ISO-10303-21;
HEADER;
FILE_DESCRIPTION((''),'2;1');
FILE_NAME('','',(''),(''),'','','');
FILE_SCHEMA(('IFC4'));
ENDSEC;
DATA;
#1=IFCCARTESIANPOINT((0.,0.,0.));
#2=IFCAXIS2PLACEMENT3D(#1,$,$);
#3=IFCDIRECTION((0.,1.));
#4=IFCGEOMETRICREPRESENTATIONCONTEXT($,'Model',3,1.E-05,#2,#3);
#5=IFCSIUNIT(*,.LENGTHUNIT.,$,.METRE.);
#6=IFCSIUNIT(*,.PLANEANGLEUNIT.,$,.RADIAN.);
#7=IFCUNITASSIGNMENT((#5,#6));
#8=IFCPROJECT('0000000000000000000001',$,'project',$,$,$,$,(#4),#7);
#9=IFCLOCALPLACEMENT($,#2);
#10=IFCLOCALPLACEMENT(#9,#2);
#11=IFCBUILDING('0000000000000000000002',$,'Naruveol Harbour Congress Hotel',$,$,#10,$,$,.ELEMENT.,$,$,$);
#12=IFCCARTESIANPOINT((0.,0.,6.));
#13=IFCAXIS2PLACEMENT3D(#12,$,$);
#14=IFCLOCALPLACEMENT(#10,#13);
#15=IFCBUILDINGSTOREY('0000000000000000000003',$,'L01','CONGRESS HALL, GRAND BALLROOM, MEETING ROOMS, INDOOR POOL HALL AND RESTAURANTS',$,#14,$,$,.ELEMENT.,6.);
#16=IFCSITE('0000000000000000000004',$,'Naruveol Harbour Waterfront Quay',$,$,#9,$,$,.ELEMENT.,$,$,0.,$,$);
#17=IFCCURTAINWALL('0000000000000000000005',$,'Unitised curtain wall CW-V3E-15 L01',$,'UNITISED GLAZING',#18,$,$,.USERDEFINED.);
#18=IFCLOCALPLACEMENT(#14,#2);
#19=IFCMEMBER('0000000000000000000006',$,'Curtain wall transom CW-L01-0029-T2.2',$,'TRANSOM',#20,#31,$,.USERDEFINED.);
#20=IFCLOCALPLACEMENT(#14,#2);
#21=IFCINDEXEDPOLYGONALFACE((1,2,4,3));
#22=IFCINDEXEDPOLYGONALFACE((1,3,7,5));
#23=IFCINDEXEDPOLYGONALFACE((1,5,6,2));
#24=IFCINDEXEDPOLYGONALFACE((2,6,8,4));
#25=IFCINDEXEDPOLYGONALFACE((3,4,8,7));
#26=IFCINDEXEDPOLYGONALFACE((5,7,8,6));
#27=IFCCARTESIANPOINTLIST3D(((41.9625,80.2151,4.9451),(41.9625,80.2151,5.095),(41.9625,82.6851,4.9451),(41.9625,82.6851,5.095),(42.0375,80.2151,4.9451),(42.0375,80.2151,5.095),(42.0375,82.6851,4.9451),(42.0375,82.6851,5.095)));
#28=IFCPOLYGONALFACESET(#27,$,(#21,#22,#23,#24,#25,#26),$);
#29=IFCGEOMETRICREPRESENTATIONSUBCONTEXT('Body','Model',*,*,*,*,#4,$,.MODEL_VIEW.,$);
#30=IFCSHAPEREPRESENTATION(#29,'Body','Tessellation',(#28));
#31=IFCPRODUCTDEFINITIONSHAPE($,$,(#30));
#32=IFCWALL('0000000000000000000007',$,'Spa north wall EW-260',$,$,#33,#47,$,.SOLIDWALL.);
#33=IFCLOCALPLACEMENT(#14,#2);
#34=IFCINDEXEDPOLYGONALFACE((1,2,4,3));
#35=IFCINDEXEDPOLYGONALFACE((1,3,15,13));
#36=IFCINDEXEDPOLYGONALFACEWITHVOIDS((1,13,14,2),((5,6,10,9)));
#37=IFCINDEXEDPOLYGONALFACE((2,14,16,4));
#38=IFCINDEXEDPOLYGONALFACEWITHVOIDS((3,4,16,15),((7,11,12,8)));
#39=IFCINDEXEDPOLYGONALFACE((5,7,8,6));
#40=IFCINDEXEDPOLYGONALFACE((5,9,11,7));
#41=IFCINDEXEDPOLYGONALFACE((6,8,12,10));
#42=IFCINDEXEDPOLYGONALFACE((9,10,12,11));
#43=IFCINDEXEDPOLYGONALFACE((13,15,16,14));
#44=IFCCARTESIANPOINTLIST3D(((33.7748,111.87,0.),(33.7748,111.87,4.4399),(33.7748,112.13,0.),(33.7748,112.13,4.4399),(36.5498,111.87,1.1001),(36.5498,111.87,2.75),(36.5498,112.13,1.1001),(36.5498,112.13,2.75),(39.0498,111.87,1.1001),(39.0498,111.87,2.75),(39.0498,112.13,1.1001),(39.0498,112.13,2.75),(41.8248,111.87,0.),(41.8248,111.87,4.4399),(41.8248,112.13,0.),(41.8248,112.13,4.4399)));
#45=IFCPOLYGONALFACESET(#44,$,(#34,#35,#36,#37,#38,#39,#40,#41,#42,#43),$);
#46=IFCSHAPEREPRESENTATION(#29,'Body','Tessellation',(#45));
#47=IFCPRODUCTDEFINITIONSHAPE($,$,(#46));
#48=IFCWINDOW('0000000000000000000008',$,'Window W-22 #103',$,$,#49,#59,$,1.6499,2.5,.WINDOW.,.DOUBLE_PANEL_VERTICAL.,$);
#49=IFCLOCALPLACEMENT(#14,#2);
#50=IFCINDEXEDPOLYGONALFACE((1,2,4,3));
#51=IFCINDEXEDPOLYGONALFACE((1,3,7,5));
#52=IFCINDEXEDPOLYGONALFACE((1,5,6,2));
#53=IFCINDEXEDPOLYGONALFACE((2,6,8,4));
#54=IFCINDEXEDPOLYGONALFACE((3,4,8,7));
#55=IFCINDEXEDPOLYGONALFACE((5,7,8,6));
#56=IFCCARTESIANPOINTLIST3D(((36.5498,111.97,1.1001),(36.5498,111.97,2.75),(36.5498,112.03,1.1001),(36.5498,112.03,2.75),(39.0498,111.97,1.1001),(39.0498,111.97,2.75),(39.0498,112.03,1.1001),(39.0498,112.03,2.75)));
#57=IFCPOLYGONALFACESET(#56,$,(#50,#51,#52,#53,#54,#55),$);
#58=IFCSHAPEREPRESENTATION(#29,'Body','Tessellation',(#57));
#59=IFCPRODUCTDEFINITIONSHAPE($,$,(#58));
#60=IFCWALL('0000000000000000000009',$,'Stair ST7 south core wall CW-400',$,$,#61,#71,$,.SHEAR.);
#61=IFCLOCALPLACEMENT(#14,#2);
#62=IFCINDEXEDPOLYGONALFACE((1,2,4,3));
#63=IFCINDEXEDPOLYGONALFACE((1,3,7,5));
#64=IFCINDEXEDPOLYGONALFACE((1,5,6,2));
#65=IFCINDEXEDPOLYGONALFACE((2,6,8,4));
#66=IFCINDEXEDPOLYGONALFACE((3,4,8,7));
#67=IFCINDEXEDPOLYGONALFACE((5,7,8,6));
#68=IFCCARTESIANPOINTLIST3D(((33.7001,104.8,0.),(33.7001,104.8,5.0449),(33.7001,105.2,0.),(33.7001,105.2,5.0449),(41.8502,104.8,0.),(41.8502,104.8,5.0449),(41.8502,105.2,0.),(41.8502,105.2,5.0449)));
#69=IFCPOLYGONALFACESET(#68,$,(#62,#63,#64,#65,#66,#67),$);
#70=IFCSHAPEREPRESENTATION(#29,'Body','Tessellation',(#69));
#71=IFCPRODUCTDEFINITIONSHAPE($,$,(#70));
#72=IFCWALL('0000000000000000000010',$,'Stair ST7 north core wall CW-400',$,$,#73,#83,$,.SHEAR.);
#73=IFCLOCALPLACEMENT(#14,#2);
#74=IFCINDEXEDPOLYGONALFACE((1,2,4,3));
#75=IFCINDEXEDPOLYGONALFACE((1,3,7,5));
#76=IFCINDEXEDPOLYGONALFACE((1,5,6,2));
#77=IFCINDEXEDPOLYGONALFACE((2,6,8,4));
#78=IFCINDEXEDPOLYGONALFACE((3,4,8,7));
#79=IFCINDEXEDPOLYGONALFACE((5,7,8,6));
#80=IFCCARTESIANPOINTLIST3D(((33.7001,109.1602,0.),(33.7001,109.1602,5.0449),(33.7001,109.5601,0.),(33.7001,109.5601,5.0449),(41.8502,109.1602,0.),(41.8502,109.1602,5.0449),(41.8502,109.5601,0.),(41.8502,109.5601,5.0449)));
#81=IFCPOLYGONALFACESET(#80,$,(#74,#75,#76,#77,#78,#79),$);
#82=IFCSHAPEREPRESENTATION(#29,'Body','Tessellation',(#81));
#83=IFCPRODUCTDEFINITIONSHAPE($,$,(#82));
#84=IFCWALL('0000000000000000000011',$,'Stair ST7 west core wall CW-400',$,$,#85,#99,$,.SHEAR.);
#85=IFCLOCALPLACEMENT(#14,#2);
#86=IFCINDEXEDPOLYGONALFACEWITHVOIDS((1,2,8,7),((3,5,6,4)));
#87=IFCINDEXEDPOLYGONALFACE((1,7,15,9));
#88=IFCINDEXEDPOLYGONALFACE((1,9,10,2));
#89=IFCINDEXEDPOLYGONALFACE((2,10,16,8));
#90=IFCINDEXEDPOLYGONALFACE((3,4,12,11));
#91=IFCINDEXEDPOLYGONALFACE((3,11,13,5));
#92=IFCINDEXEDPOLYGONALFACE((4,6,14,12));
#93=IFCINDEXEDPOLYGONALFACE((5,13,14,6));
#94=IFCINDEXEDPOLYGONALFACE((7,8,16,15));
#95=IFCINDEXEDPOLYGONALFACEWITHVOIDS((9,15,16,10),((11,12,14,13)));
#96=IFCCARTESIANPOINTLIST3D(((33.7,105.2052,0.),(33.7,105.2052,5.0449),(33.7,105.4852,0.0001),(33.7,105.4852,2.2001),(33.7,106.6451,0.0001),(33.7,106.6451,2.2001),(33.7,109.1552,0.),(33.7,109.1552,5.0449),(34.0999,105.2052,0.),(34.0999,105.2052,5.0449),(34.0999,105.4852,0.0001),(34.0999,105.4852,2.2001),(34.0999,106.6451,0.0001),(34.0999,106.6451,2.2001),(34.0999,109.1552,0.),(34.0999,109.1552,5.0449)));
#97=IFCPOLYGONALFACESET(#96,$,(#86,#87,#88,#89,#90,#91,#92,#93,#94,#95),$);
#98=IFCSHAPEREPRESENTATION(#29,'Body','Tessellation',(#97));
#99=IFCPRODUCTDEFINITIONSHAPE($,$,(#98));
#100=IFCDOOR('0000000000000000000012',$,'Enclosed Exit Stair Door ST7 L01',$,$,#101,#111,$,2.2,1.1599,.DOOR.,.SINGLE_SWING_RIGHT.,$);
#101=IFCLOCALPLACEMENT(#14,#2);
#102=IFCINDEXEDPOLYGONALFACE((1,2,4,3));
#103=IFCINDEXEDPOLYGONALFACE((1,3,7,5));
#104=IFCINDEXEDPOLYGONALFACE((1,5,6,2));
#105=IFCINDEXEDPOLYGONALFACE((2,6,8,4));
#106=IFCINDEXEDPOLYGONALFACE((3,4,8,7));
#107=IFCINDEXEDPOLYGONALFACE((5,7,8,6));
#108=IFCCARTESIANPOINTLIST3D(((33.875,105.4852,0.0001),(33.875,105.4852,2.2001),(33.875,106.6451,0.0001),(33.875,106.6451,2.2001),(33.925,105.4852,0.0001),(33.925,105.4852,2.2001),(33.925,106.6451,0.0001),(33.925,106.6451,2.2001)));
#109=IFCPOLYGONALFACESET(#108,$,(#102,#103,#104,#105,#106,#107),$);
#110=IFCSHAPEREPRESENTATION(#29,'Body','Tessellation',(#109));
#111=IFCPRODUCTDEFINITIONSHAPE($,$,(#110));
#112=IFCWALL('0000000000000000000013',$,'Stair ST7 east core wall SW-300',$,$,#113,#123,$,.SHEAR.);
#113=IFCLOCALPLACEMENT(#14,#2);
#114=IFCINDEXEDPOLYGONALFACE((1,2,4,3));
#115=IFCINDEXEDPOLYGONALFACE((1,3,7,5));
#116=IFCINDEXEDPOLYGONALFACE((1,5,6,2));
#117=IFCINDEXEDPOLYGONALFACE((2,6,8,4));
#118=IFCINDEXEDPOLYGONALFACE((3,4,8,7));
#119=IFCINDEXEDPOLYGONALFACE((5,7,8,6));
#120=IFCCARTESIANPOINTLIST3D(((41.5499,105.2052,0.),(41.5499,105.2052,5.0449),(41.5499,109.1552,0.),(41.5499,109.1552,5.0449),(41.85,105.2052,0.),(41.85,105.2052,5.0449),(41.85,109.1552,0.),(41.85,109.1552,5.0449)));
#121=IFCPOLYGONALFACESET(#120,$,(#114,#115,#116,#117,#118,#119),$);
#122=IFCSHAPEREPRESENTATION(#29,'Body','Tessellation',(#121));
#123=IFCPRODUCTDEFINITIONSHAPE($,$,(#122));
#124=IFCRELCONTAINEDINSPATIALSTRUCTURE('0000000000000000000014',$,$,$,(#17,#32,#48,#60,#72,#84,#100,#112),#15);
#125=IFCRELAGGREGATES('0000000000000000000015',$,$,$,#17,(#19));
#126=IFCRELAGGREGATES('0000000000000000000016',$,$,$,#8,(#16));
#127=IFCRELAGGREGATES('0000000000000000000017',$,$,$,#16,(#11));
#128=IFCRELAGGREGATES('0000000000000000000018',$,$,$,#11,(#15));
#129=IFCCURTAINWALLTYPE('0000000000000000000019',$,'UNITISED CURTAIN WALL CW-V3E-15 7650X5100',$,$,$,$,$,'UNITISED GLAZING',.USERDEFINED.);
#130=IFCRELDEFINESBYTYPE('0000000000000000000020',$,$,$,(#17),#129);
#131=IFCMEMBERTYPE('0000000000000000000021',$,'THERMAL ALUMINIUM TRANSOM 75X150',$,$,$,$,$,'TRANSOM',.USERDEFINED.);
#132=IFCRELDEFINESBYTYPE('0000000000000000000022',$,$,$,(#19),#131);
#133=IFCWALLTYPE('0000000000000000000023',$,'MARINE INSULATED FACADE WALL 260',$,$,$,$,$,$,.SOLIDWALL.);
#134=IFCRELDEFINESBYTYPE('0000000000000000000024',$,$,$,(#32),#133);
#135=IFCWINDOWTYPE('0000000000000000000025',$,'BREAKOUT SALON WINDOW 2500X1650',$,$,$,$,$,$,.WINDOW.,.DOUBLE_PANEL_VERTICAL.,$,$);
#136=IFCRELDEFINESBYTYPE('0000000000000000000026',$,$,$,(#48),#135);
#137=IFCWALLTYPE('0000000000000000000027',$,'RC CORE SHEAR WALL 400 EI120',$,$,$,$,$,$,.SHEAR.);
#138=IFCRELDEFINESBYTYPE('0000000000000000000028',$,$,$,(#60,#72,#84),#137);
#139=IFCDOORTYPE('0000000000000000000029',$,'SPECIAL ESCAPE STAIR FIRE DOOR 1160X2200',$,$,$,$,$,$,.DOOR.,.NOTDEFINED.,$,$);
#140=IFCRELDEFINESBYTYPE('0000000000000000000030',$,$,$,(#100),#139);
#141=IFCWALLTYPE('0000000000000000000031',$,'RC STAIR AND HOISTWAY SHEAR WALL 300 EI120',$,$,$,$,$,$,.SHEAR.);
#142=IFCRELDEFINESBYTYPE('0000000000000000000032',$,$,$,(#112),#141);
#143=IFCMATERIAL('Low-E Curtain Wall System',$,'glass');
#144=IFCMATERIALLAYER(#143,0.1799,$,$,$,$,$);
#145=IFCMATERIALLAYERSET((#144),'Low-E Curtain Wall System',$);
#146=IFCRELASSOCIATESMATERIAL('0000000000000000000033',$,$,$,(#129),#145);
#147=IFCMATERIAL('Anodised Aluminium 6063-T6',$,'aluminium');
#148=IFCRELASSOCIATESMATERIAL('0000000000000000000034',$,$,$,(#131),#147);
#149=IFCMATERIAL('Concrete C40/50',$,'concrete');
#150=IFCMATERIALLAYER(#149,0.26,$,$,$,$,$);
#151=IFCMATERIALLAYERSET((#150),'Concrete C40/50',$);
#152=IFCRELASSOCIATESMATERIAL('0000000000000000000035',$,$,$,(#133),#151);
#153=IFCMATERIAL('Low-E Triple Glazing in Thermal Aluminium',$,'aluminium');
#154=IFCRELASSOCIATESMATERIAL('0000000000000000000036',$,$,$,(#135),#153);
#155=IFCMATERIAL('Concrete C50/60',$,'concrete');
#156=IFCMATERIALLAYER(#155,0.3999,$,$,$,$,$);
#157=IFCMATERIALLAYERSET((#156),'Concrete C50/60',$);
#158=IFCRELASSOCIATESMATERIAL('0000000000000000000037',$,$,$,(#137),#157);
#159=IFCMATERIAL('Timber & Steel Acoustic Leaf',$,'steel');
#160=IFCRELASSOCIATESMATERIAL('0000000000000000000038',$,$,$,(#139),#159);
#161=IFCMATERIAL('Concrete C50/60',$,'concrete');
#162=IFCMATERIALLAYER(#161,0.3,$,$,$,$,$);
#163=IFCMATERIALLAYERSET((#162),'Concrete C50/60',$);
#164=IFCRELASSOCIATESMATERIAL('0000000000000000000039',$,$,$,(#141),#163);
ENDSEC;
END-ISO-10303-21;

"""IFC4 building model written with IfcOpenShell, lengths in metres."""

from ifc_helpers import new_model, si_unit, direction, frame, frame_2d, origin, origin_2d, place, context, subcontext, project, spatial, rectangle, extrude, material, layer, layer_set, material_profile, profile_set, type_object, element, fill, aggregate, save


model = new_model("IFC4")

# Units and contexts
model_context = context("Model", 3, precision=1e-05, world=origin(), true_north=direction((0.0, 1.0)))
body_context = subcontext(model_context, "Body", "Model", "MODEL_VIEW")
ifc_project = project(units=[si_unit("LENGTHUNIT", "METRE"), si_unit("PLANEANGLEUNIT", "RADIAN")], contexts=[model_context])

# Site, building, storey
site_placement = place(None, origin())
site = spatial("IfcSite", under=ifc_project, at=site_placement, Name="Naruveol Harbour Waterfront Quay", CompositionType="ELEMENT", RefElevation=0.0)
building_placement = place(site_placement, origin())
building = spatial("IfcBuilding", under=site, at=building_placement, Name="Naruveol Harbour Congress Hotel", CompositionType="ELEMENT")
storey_placement = place(building_placement, frame((0.0, 0.0, 6.0)))
storey = spatial("IfcBuildingStorey", under=building, at=storey_placement, Name="L01", Description="CONGRESS HALL, GRAND BALLROOM, MEETING ROOMS, INDOOR POOL HALL AND RESTAURANTS", CompositionType="ELEMENT", Elevation=6.0)

# Curtain wall, member
ifc_material_1 = material(Name="Low-E Curtain Wall System", Category="glass")
ifc_layer_1 = layer(ifc_material_1, 0.1799)
ifc_layer_set_1 = layer_set([ifc_layer_1], Name="Low-E Curtain Wall System")
curtain_wall_type = type_object("IfcCurtainWallType", Name="UNITISED CURTAIN WALL CW-V3E-15 7650X5100", ElementType="UNITISED GLAZING", PredefinedType="USERDEFINED", material=ifc_layer_set_1)
curtain_wall_placement = place(storey_placement, origin())
curtain_wall = element("IfcCurtainWall", 1, at=curtain_wall_placement, inside=storey, type_object=curtain_wall_type, Name="Unitised curtain wall CW-V3E-15 L01", ObjectType="UNITISED GLAZING", PredefinedType="USERDEFINED")
ifc_material_2 = material(Name="Anodised Aluminium 6063-T6", Category="aluminium")
ifc_material_profile_1 = material_profile(ifc_material_2, rectangle(XDim=0.075, YDim=0.1499, at=origin_2d()), Name="ALU-75x150")
ifc_profile_set_1 = profile_set([ifc_material_profile_1], Name="Anodised Aluminium 6063-T6")
member_type_1 = type_object("IfcMemberType", Name="THERMAL ALUMINIUM TRANSOM 75X150", ElementType="TRANSOM", PredefinedType="USERDEFINED", material=ifc_profile_set_1)
member_1_placement = place(storey_placement, frame((42.0, 82.6851, 5.02), z_axis=(0.0, -1.0, 0.0), x_axis=(1.0, 0.0, 0.0)))
member_1 = element("IfcMember", 2, at=member_1_placement, type_object=member_type_1, Name="Curtain wall transom CW-L01-0029-T2.2", ObjectType="TRANSOM", PredefinedType="USERDEFINED", context=body_context, shape_type="SweptSolid", body=[
    extrude(rectangle(XDim=0.075, YDim=0.1499, at=origin_2d()), origin(), (0.0, 0.0, 1.0), 2.47),
])
aggregate(curtain_wall, [member_1])

# Wall, opening, window
ifc_material_3 = material(Name="Concrete C40/50", Category="concrete")
ifc_layer_2 = layer(ifc_material_3, 0.26)
ifc_layer_set_2 = layer_set([ifc_layer_2], Name="Concrete C40/50")
wall_type_1 = type_object("IfcWallType", Name="MARINE INSULATED FACADE WALL 260", PredefinedType="SOLIDWALL", material=ifc_layer_set_2)
wall_1_placement = place(storey_placement, frame((33.7749, 112.0, 0.0), z_axis=(0.0, 0.0, 1.0), x_axis=(1.0, 0.0, 0.0)))
wall_1 = element("IfcWall", 3, at=wall_1_placement, inside=storey, type_object=wall_type_1, Name="Spa north wall EW-260", PredefinedType="SOLIDWALL", context=body_context, shape_type="SweptSolid", body=[
    extrude(rectangle(XDim=8.05, YDim=0.26, at=frame_2d((4.0249, 0.0))), origin(), (0.0, 0.0, 1.0), 4.4399),
])
opening_1_placement = place(wall_1_placement, frame((2.7749, 0.0, 1.1001)))
opening_1 = element("IfcOpeningElement", 4, at=opening_1_placement, cuts=wall_1, PredefinedType="OPENING", context=body_context, shape_type="SweptSolid", body=[
    extrude(rectangle(XDim=2.5, YDim=1.6499, at=frame_2d((1.25, 0.825))), frame((0.0, 0.1399, 0.0), z_axis=(0.0, -1.0, 0.0), x_axis=(1.0, 0.0, 0.0)), (0.0, 0.0, 1.0), 0.28),
])
ifc_material_4 = material(Name="Low-E Triple Glazing in Thermal Aluminium", Category="aluminium")
window_type = type_object("IfcWindowType", Name="BREAKOUT SALON WINDOW 2500X1650", PartitioningType="DOUBLE_PANEL_VERTICAL", PredefinedType="WINDOW", material=ifc_material_4)
window_placement = place(opening_1_placement, origin())
window = element("IfcWindow", 5, at=window_placement, inside=storey, type_object=window_type, Name="Window W-22 #103", OverallHeight=1.6499, OverallWidth=2.5, PartitioningType="DOUBLE_PANEL_VERTICAL", PredefinedType="WINDOW", context=body_context, shape_type="SweptSolid", body=[
    extrude(rectangle(XDim=2.5, YDim=1.6499, at=frame_2d((1.25, 0.825))), frame((0.0, 0.03, 0.0), z_axis=(0.0, -1.0, 0.0), x_axis=(1.0, 0.0, 0.0)), (0.0, 0.0, 1.0), 0.0601),
])
fill(opening_1, window)

# Walls
ifc_material_5 = material(Name="Concrete C50/60", Category="concrete")
ifc_layer_3 = layer(ifc_material_5, 0.3999)
ifc_layer_set_3 = layer_set([ifc_layer_3], Name="Concrete C50/60")
wall_type_2 = type_object("IfcWallType", Name="RC CORE SHEAR WALL 400 EI120", PredefinedType="SHEAR", material=ifc_layer_set_3)
for number, where, z_axis, x_axis, name in (
    (6, (33.7, 105.0, 0.0), (0.0, 0.0, 1.0), (1.0, 0.0, 0.0), "Stair ST7 south core wall CW-400"),
    (7, (33.7, 109.3601, 0.0), (0.0, 0.0, 1.0), (1.0, 0.0, 0.0), "Stair ST7 north core wall CW-400"),
):
    element("IfcWall", number, at=place(storey_placement, frame(where, z_axis=z_axis, x_axis=x_axis)), inside=storey, type_object=wall_type_2, Name=name, PredefinedType="SHEAR", context=body_context, shape_type="SweptSolid", body=[
        extrude(rectangle(XDim=8.1501, YDim=0.3999, at=frame_2d((4.0752, 0.0))), origin(), (0.0, 0.0, 1.0), 5.0449),
    ])

# Wall, opening, door
wall_2_placement = place(storey_placement, frame((33.8999, 105.2051, 0.0), z_axis=(0.0, 0.0, 1.0), x_axis=(0.0, 1.0, 0.0)))
wall_2 = element("IfcWall", 8, at=wall_2_placement, inside=storey, type_object=wall_type_2, Name="Stair ST7 west core wall CW-400", PredefinedType="SHEAR", context=body_context, shape_type="SweptSolid", body=[
    extrude(rectangle(XDim=3.95, YDim=0.3999, at=frame_2d((1.9751, 0.0))), origin(), (0.0, 0.0, 1.0), 5.0449),
])
opening_2_placement = place(wall_2_placement, frame((0.28, 0.0, 0.0)))
opening_2 = element("IfcOpeningElement", 9, at=opening_2_placement, cuts=wall_2, PredefinedType="OPENING", context=body_context, shape_type="SweptSolid", body=[
    extrude(rectangle(XDim=1.1599, YDim=2.2, at=frame_2d((0.5801, 1.1001))), frame((0.0, 0.21, 0.0), z_axis=(0.0, -1.0, 0.0), x_axis=(1.0, 0.0, 0.0)), (0.0, 0.0, 1.0), 0.4199),
])
ifc_material_6 = material(Name="Timber & Steel Acoustic Leaf", Category="steel")
door_type = type_object("IfcDoorType", Name="SPECIAL ESCAPE STAIR FIRE DOOR 1160X2200", OperationType="NOTDEFINED", PredefinedType="DOOR", material=ifc_material_6)
door_placement = place(opening_2_placement, origin())
door = element("IfcDoor", 10, at=door_placement, inside=storey, type_object=door_type, Name="Enclosed Exit Stair Door ST7 L01", OperationType="SINGLE_SWING_RIGHT", OverallHeight=2.2, OverallWidth=1.1599, PredefinedType="DOOR", context=body_context, shape_type="SweptSolid", body=[
    extrude(rectangle(XDim=1.1599, YDim=2.2, at=frame_2d((0.5801, 1.1001))), frame((0.0, 0.0249, 0.0), z_axis=(0.0, -1.0, 0.0), x_axis=(1.0, 0.0, 0.0)), (0.0, 0.0, 1.0), 0.05),
])
fill(opening_2, door)

# Wall
ifc_material_7 = material(Name="Concrete C50/60", Category="concrete")
ifc_layer_4 = layer(ifc_material_7, 0.3)
ifc_layer_set_4 = layer_set([ifc_layer_4], Name="Concrete C50/60")
wall_type_3 = type_object("IfcWallType", Name="RC STAIR AND HOISTWAY SHEAR WALL 300 EI120", PredefinedType="SHEAR", material=ifc_layer_set_4)
wall_3_placement = place(storey_placement, frame((41.7, 105.2051, 0.0), z_axis=(0.0, 0.0, 1.0), x_axis=(0.0, 1.0, 0.0)))
element("IfcWall", 11, at=wall_3_placement, inside=storey, type_object=wall_type_3, Name="Stair ST7 east core wall SW-300", PredefinedType="SHEAR", context=body_context, shape_type="SweptSolid", body=[
    extrude(rectangle(XDim=3.95, YDim=0.3, at=frame_2d((1.9751, 0.0))), origin(), (0.0, 0.0, 1.0), 5.0449),
])

save(model, "model.ifc")
